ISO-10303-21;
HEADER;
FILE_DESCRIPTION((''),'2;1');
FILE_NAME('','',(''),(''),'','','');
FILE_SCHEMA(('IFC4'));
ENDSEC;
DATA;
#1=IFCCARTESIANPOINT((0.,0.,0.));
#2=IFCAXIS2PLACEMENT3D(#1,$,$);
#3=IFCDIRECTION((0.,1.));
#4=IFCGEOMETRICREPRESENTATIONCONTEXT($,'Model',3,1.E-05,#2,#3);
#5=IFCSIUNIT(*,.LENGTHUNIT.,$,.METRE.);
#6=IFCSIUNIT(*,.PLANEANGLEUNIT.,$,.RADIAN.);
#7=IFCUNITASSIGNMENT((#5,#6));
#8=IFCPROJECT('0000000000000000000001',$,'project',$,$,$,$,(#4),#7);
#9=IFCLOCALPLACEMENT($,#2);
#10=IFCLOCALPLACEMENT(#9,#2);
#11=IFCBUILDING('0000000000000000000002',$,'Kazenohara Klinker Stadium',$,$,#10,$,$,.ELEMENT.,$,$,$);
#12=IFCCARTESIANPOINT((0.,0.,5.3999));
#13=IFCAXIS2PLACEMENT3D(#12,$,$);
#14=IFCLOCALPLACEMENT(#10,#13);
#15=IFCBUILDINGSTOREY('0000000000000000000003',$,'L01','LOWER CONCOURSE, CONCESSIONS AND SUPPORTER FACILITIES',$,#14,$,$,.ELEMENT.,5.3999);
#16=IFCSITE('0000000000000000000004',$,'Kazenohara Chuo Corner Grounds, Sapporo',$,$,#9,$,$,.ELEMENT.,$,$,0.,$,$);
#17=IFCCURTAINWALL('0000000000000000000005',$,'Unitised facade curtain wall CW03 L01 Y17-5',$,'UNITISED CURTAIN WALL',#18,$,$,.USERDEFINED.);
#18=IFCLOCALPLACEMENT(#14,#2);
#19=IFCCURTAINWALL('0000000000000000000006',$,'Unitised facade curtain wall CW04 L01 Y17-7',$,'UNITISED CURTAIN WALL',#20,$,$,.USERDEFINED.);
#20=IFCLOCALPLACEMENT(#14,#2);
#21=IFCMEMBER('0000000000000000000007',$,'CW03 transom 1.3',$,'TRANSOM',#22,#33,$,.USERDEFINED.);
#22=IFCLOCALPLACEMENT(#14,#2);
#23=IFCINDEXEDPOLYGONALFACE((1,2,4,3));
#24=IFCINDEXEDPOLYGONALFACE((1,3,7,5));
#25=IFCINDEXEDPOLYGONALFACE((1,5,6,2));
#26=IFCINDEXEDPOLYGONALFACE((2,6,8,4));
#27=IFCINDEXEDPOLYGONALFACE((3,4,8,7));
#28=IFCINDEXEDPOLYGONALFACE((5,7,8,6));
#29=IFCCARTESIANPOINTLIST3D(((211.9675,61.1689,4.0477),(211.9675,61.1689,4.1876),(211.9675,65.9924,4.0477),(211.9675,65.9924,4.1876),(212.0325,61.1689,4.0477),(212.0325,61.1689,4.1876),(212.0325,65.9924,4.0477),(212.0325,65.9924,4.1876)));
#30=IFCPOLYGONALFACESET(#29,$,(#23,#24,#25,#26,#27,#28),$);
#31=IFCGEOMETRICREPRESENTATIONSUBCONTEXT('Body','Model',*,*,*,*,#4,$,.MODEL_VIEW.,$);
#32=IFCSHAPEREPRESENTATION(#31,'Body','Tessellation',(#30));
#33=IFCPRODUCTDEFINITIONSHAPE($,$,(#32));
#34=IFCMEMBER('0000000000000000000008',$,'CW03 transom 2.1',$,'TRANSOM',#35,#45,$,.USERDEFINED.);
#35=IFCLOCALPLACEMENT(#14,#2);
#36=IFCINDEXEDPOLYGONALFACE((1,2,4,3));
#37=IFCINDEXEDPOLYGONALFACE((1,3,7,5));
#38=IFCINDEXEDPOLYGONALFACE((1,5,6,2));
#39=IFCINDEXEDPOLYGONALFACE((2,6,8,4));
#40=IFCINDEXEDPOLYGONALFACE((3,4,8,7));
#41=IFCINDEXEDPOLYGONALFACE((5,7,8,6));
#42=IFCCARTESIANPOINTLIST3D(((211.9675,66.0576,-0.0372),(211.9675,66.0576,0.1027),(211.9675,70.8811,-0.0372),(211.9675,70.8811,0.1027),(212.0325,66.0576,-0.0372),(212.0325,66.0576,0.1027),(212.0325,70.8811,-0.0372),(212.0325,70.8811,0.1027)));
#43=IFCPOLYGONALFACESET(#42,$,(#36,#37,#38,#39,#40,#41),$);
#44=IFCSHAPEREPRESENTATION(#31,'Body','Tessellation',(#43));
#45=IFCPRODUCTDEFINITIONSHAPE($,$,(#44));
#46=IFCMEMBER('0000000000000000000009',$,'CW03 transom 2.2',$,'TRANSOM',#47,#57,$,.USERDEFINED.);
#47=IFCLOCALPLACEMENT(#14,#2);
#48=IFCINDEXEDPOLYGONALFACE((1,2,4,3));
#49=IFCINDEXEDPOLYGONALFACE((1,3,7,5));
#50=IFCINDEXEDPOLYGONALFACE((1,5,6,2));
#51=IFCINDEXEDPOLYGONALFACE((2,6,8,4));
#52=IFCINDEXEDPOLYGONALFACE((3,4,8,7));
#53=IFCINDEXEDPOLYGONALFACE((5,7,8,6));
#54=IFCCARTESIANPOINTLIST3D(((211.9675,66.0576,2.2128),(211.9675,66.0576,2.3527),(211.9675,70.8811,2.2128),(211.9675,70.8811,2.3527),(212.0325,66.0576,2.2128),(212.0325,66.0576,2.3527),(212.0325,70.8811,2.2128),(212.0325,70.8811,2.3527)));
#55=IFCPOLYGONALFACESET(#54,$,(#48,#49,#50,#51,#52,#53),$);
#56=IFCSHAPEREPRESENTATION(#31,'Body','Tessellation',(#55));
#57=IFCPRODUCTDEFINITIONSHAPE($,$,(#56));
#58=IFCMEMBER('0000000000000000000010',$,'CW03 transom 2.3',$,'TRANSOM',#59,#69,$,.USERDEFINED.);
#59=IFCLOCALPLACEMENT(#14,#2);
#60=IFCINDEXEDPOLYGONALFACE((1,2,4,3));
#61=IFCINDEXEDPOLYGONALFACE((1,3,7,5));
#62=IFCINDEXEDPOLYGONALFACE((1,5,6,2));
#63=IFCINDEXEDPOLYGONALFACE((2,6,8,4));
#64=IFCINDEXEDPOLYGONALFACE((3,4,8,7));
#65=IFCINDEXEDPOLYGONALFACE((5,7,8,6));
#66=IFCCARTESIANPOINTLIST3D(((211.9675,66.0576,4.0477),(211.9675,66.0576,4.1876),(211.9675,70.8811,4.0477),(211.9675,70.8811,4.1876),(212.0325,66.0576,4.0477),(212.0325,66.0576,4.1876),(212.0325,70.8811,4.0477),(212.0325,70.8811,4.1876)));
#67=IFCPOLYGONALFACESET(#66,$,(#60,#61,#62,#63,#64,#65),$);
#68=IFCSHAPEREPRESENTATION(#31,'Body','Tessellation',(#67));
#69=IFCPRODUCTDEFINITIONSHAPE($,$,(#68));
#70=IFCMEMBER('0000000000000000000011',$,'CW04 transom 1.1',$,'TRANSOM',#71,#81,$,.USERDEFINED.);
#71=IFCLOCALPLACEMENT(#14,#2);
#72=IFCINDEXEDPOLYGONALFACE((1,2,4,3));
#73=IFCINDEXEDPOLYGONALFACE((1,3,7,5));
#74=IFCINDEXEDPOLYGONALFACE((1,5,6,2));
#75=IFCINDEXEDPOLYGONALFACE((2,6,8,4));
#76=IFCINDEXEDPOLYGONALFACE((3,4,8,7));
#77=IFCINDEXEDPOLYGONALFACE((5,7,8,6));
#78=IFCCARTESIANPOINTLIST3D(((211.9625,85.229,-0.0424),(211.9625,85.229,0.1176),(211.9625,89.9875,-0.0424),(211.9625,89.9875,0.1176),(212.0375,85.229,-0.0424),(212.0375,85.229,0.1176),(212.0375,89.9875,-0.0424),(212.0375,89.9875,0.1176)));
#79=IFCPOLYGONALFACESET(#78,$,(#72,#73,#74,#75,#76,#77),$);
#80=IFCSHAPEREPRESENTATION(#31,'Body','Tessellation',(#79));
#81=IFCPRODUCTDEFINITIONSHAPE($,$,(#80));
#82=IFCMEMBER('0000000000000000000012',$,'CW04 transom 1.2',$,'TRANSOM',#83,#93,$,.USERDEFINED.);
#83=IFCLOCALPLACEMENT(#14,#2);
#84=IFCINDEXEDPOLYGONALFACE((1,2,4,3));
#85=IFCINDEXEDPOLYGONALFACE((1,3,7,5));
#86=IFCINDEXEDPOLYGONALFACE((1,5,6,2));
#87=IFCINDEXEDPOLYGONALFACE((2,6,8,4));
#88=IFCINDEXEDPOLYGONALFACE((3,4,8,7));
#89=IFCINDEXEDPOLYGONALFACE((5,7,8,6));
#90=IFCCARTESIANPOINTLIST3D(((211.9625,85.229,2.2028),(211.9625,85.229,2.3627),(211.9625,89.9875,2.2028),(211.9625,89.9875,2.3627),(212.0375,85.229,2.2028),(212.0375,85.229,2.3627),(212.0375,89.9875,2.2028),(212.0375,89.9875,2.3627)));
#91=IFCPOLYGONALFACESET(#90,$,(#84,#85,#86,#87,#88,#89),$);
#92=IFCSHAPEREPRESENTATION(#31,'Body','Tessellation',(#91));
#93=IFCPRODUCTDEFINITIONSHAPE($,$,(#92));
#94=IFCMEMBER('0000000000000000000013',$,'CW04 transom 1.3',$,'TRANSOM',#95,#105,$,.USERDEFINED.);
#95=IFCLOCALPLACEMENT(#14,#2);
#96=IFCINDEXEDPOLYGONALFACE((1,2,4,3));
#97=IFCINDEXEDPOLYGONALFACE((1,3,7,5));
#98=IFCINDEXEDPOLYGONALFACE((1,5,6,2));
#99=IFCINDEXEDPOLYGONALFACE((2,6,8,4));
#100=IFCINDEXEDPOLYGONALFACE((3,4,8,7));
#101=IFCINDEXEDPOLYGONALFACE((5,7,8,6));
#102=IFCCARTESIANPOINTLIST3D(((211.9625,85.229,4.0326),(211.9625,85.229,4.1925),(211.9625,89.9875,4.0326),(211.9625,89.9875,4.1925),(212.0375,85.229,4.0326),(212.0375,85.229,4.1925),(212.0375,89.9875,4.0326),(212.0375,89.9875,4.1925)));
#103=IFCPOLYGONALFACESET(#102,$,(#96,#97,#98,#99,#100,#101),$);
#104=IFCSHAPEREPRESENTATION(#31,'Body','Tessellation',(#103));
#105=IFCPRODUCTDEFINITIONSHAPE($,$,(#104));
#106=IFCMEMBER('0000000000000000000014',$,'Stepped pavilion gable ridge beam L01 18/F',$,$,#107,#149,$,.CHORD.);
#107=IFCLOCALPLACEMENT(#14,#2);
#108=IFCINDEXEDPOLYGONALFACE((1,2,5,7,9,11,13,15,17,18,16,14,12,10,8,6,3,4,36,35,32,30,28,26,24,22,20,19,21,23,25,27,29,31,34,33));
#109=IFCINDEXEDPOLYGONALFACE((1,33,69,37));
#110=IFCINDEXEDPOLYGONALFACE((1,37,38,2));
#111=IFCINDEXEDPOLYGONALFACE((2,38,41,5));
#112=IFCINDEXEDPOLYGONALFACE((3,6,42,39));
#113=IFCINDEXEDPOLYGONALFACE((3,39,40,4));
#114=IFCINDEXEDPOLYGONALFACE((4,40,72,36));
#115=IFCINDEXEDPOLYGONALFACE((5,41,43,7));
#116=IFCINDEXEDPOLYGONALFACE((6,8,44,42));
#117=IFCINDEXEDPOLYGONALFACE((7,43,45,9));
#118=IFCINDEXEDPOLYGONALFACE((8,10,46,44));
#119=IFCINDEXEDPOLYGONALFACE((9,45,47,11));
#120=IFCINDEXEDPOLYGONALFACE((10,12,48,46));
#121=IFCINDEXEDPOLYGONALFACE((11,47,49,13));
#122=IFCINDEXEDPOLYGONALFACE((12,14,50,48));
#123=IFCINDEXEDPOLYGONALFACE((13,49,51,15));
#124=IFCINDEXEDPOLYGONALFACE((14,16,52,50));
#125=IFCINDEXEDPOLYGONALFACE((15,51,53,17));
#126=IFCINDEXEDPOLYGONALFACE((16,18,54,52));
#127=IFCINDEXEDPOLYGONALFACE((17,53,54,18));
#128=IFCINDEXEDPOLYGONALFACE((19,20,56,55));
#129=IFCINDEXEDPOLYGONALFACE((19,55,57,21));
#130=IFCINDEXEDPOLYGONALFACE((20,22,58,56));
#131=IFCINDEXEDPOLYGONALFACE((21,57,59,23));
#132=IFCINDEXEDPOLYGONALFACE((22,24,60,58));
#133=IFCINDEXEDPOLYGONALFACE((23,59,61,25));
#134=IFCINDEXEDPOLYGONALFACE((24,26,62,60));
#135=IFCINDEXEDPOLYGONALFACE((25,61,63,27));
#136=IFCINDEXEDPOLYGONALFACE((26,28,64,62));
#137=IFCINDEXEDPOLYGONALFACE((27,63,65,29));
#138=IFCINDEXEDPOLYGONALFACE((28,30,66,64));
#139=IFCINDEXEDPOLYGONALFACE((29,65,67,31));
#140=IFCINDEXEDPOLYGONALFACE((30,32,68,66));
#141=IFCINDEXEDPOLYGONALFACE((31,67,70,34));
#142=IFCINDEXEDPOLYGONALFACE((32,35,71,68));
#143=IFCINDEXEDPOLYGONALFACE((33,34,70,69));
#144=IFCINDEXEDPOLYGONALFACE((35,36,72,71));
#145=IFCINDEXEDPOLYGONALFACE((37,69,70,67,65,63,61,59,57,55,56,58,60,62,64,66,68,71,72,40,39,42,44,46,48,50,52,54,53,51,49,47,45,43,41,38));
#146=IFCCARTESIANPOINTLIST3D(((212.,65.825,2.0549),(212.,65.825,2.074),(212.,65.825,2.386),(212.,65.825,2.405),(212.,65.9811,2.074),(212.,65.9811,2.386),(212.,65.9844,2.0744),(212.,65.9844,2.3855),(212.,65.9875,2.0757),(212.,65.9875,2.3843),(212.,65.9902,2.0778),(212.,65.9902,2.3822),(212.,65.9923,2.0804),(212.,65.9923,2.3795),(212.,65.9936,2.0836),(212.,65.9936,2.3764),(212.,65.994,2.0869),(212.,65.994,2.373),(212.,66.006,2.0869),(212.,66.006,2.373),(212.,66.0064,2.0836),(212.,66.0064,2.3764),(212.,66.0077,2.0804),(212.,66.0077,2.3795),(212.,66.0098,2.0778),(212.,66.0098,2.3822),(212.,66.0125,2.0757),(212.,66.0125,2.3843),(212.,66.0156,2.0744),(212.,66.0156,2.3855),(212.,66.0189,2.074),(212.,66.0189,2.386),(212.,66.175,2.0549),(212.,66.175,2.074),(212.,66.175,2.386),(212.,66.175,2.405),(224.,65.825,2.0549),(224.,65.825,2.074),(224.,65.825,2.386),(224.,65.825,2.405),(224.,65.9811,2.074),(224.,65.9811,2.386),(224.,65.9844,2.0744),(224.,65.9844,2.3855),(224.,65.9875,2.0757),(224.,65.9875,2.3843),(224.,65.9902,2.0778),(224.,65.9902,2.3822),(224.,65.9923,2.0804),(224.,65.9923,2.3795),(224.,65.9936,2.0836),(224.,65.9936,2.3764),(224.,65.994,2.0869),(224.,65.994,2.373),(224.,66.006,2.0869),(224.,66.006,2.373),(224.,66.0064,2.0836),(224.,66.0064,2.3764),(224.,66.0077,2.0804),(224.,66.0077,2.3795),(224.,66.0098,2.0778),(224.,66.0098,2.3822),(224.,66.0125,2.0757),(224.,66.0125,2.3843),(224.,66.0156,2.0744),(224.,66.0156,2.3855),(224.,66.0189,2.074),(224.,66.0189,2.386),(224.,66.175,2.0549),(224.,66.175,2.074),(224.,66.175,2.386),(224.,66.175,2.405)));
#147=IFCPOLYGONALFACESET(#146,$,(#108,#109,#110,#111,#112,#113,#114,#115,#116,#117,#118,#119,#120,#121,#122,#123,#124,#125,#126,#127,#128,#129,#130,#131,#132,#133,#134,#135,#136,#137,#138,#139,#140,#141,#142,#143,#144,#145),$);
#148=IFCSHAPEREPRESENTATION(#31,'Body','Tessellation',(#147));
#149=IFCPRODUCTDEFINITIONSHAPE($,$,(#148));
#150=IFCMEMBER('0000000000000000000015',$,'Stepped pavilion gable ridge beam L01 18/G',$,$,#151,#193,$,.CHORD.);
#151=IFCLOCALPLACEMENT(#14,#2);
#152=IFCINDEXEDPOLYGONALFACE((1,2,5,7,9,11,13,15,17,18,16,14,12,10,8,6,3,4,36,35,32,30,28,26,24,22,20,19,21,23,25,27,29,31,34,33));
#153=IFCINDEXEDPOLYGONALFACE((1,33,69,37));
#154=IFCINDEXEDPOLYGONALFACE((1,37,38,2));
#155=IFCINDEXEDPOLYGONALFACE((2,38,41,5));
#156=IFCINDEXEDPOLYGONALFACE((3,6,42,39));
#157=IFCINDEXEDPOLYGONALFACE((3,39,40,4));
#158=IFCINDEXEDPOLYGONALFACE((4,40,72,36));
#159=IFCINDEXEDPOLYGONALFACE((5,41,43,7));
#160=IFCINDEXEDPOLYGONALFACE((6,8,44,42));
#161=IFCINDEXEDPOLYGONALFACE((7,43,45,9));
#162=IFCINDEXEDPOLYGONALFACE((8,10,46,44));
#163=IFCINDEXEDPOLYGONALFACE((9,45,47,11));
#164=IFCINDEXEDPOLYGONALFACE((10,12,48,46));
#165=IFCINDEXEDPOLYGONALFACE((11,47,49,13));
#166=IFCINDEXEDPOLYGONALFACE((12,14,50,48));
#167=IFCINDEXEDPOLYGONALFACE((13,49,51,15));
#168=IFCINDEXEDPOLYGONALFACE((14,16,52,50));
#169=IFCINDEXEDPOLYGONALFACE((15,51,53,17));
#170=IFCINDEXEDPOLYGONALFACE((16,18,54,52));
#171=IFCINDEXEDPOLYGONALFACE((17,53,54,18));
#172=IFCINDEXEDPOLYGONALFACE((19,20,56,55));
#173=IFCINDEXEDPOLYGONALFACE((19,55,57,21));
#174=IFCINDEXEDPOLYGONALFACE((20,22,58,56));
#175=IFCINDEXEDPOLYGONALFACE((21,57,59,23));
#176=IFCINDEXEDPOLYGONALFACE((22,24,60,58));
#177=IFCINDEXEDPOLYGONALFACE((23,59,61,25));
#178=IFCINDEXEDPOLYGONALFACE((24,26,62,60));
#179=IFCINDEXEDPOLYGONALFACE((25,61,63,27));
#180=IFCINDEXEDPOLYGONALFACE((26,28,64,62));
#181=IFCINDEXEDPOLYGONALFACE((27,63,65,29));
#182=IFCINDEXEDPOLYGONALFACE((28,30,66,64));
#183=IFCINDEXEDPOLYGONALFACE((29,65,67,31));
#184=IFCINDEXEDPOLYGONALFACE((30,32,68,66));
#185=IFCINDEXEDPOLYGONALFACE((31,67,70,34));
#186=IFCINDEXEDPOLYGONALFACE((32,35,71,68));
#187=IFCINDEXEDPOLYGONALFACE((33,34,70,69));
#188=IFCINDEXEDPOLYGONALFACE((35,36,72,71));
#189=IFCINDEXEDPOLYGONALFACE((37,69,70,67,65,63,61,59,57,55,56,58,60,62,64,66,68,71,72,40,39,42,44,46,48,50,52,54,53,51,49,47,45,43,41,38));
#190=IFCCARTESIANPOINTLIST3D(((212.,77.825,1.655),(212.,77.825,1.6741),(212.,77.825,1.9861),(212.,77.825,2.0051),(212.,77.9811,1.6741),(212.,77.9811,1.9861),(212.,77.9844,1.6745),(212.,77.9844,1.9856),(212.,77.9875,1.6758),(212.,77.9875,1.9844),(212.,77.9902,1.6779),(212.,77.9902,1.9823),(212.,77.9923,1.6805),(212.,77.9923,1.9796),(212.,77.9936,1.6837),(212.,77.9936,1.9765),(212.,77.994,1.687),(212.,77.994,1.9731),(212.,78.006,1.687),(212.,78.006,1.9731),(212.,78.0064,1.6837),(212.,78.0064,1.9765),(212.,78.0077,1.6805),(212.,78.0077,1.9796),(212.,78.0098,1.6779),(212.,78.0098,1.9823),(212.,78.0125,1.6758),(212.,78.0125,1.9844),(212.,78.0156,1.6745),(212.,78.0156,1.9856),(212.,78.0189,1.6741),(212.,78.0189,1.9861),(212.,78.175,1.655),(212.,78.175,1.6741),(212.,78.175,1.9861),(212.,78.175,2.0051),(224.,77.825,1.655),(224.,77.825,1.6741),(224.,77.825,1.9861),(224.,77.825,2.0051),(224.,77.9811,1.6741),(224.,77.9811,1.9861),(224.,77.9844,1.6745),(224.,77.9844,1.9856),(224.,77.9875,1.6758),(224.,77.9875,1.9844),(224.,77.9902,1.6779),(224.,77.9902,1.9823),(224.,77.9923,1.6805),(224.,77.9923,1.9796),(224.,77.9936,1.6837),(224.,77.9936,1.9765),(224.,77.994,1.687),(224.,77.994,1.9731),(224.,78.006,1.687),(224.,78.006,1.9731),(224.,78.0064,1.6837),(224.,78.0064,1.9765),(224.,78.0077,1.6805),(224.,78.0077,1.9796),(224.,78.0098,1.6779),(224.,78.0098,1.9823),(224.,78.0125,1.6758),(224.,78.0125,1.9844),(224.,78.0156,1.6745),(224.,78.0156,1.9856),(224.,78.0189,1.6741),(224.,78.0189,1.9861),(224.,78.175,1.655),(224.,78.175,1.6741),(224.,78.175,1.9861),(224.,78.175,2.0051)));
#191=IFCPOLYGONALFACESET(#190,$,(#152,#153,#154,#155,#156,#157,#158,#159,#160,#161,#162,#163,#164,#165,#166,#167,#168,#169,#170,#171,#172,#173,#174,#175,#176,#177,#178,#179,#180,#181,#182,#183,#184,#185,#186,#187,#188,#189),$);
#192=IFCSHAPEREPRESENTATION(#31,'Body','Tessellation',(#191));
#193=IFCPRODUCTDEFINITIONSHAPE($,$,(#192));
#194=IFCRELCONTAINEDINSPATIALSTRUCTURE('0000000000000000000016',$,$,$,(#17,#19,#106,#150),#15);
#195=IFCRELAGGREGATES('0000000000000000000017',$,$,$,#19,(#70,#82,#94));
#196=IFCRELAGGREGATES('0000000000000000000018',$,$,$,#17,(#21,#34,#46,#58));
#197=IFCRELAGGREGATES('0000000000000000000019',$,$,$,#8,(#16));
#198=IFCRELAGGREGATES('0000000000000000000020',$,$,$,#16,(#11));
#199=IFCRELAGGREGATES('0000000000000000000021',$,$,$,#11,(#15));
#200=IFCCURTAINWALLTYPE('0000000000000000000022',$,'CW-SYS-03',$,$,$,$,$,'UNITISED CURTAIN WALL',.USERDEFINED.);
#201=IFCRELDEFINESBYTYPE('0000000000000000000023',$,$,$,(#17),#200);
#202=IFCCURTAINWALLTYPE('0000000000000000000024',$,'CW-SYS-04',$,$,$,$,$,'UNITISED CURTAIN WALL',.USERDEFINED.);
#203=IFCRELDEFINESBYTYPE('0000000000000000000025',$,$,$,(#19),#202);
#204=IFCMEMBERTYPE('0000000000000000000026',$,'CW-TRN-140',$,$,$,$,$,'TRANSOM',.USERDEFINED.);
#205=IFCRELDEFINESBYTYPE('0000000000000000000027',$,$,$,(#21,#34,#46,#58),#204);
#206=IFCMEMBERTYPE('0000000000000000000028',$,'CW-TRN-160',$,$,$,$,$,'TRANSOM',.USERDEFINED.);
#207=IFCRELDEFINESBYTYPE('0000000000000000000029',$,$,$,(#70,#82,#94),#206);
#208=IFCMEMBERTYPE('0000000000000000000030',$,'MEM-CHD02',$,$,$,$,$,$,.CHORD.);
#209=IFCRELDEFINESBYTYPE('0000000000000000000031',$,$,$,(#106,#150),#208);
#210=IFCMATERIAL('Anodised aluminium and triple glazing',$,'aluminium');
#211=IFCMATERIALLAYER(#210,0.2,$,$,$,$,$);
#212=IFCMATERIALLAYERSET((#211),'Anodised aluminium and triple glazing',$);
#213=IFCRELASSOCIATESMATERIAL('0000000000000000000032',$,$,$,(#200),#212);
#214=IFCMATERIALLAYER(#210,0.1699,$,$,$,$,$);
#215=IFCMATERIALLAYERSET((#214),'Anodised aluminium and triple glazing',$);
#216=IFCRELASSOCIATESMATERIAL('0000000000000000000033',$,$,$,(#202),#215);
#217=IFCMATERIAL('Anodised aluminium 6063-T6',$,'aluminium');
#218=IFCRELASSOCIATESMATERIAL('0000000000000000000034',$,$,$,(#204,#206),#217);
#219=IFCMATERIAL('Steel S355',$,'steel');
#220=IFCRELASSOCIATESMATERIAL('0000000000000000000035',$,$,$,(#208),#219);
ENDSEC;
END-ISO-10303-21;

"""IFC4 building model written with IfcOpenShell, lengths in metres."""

from ifc_helpers import new_model, si_unit, direction, frame, origin, origin_2d, place, context, subcontext, project, spatial, rectangle, i_section, extrude, material, layer, layer_set, material_profile, profile_set, type_object, element, aggregate, save


model = new_model("IFC4")

# Units and contexts
model_context = context("Model", 3, precision=1e-05, world=origin(), true_north=direction((0.0, 1.0)))
body_context = subcontext(model_context, "Body", "Model", "MODEL_VIEW")
ifc_project = project(units=[si_unit("LENGTHUNIT", "METRE"), si_unit("PLANEANGLEUNIT", "RADIAN")], contexts=[model_context])

# Site, building, storey
site_placement = place(None, origin())
site = spatial("IfcSite", under=ifc_project, at=site_placement, Name="Kazenohara Chuo Corner Grounds, Sapporo", CompositionType="ELEMENT", RefElevation=0.0)
building_placement = place(site_placement, origin())
building = spatial("IfcBuilding", under=site, at=building_placement, Name="Kazenohara Klinker Stadium", CompositionType="ELEMENT")
storey_placement = place(building_placement, frame((0.0, 0.0, 5.3999)))
storey = spatial("IfcBuildingStorey", under=building, at=storey_placement, Name="L01", Description="LOWER CONCOURSE, CONCESSIONS AND SUPPORTER FACILITIES", CompositionType="ELEMENT", Elevation=5.3999)

# Shared definitions
ifc_material_1 = material(Name="Steel S355", Category="steel")

# Curtain wall
ifc_material_2 = material(Name="Anodised aluminium and triple glazing", Category="aluminium")
ifc_layer_1 = layer(ifc_material_2, 0.2)
ifc_layer_set_1 = layer_set([ifc_layer_1], Name="Anodised aluminium and triple glazing")
curtain_wall_type_1 = type_object("IfcCurtainWallType", Name="CW-SYS-03", ElementType="UNITISED CURTAIN WALL", PredefinedType="USERDEFINED", material=ifc_layer_set_1)
curtain_wall_1_placement = place(storey_placement, origin())
curtain_wall_1 = element("IfcCurtainWall", 1, at=curtain_wall_1_placement, inside=storey, type_object=curtain_wall_type_1, Name="Unitised facade curtain wall CW03 L01 Y17-5", ObjectType="UNITISED CURTAIN WALL", PredefinedType="USERDEFINED")
ifc_material_3 = material(Name="Anodised aluminium 6063-T6", Category="aluminium")

# Curtain wall
ifc_layer_2 = layer(ifc_material_2, 0.1699)
ifc_layer_set_2 = layer_set([ifc_layer_2], Name="Anodised aluminium and triple glazing")
curtain_wall_type_2 = type_object("IfcCurtainWallType", Name="CW-SYS-04", ElementType="UNITISED CURTAIN WALL", PredefinedType="USERDEFINED", material=ifc_layer_set_2)
curtain_wall_2_placement = place(storey_placement, origin())
curtain_wall_2 = element("IfcCurtainWall", 2, at=curtain_wall_2_placement, inside=storey, type_object=curtain_wall_type_2, Name="Unitised facade curtain wall CW04 L01 Y17-7", ObjectType="UNITISED CURTAIN WALL", PredefinedType="USERDEFINED")

# Members
ifc_material_profile_1 = material_profile(ifc_material_3, rectangle(XDim=0.0649, YDim=0.1399, at=origin_2d()), Name="ALU-TRN-65x140")
ifc_profile_set_1 = profile_set([ifc_material_profile_1], Name="Anodised aluminium 6063-T6")
member_type_1 = type_object("IfcMemberType", Name="CW-TRN-140", ElementType="TRANSOM", PredefinedType="USERDEFINED", material=ifc_profile_set_1)
member_1_placement = place(storey_placement, frame((212.0, 61.1689, 4.1177), z_axis=(0.0, 1.0, 0.0), x_axis=(-1.0, 0.0, 0.0)))
member_1 = element("IfcMember", 3, at=member_1_placement, type_object=member_type_1, Name="CW03 transom 1.3", ObjectType="TRANSOM", PredefinedType="USERDEFINED", context=body_context, shape_type="SweptSolid", body=[
    extrude(rectangle(XDim=0.0649, YDim=0.1399, at=origin_2d()), origin(), (0.0, 0.0, 1.0), 4.8235),
])
member_2_placement = place(storey_placement, frame((212.0, 66.0576, 0.0327), z_axis=(0.0, 1.0, 0.0), x_axis=(-1.0, 0.0, 0.0)))
member_2 = element("IfcMember", 4, at=member_2_placement, type_object=member_type_1, Name="CW03 transom 2.1", ObjectType="TRANSOM", PredefinedType="USERDEFINED", context=body_context, shape_type="SweptSolid", body=[
    extrude(rectangle(XDim=0.0649, YDim=0.1399, at=origin_2d()), origin(), (0.0, 0.0, 1.0), 4.8235),
])
member_3_placement = place(storey_placement, frame((212.0, 66.0576, 2.2827), z_axis=(0.0, 1.0, 0.0), x_axis=(-1.0, 0.0, 0.0)))
member_3 = element("IfcMember", 5, at=member_3_placement, type_object=member_type_1, Name="CW03 transom 2.2", ObjectType="TRANSOM", PredefinedType="USERDEFINED", context=body_context, shape_type="SweptSolid", body=[
    extrude(rectangle(XDim=0.0649, YDim=0.1399, at=origin_2d()), origin(), (0.0, 0.0, 1.0), 4.8235),
])
member_4_placement = place(storey_placement, frame((212.0, 66.0576, 4.1177), z_axis=(0.0, 1.0, 0.0), x_axis=(-1.0, 0.0, 0.0)))
member_4 = element("IfcMember", 6, at=member_4_placement, type_object=member_type_1, Name="CW03 transom 2.3", ObjectType="TRANSOM", PredefinedType="USERDEFINED", context=body_context, shape_type="SweptSolid", body=[
    extrude(rectangle(XDim=0.0649, YDim=0.1399, at=origin_2d()), origin(), (0.0, 0.0, 1.0), 4.8235),
])
ifc_material_profile_2 = material_profile(ifc_material_3, rectangle(XDim=0.075, YDim=0.1599, at=origin_2d()), Name="ALU-TRN-75x160")
ifc_profile_set_2 = profile_set([ifc_material_profile_2], Name="Anodised aluminium 6063-T6")
member_type_2 = type_object("IfcMemberType", Name="CW-TRN-160", ElementType="TRANSOM", PredefinedType="USERDEFINED", material=ifc_profile_set_2)
member_5_placement = place(storey_placement, frame((212.0, 85.229, 0.0376), z_axis=(0.0, 1.0, 0.0), x_axis=(-1.0, 0.0, 0.0)))
member_5 = element("IfcMember", 7, at=member_5_placement, type_object=member_type_2, Name="CW04 transom 1.1", ObjectType="TRANSOM", PredefinedType="USERDEFINED", context=body_context, shape_type="SweptSolid", body=[
    extrude(rectangle(XDim=0.075, YDim=0.1599, at=origin_2d()), origin(), (0.0, 0.0, 1.0), 4.7585),
])
member_6_placement = place(storey_placement, frame((212.0, 85.229, 2.2827), z_axis=(0.0, 1.0, 0.0), x_axis=(-1.0, 0.0, 0.0)))
member_6 = element("IfcMember", 8, at=member_6_placement, type_object=member_type_2, Name="CW04 transom 1.2", ObjectType="TRANSOM", PredefinedType="USERDEFINED", context=body_context, shape_type="SweptSolid", body=[
    extrude(rectangle(XDim=0.075, YDim=0.1599, at=origin_2d()), origin(), (0.0, 0.0, 1.0), 4.7585),
])
member_7_placement = place(storey_placement, frame((212.0, 85.229, 4.1125), z_axis=(0.0, 1.0, 0.0), x_axis=(-1.0, 0.0, 0.0)))
member_7 = element("IfcMember", 9, at=member_7_placement, type_object=member_type_2, Name="CW04 transom 1.3", ObjectType="TRANSOM", PredefinedType="USERDEFINED", context=body_context, shape_type="SweptSolid", body=[
    extrude(rectangle(XDim=0.075, YDim=0.1599, at=origin_2d()), origin(), (0.0, 0.0, 1.0), 4.7585),
])
aggregate(curtain_wall_2, [member_5, member_6, member_7])

# Members
ifc_material_profile_3 = material_profile(ifc_material_1, i_section(OverallWidth=0.3501, OverallDepth=0.3501, WebThickness=0.012, FlangeThickness=0.019, FilletRadius=0.0129, at=origin_2d()), Name="H-350x350x12x19")
ifc_profile_set_3 = profile_set([ifc_material_profile_3], Name="Steel S355")
member_type_3 = type_object("IfcMemberType", Name="MEM-CHD02", PredefinedType="CHORD", material=ifc_profile_set_3)
for number, where, z_axis, x_axis, name in (
    (10, (212.0, 66.0, 2.23), (1.0, 0.0, 0.0), (0.0, 1.0, 0.0), "Stepped pavilion gable ridge beam L01 18/F"),
    (11, (212.0, 78.0, 1.8301), (1.0, 0.0, 0.0), (0.0, 1.0, 0.0), "Stepped pavilion gable ridge beam L01 18/G"),
):
    element("IfcMember", number, at=place(storey_placement, frame(where, z_axis=z_axis, x_axis=x_axis)), inside=storey, type_object=member_type_3, Name=name, PredefinedType="CHORD", context=body_context, shape_type="SweptSolid", body=[
        extrude(i_section(OverallWidth=0.3501, OverallDepth=0.3501, WebThickness=0.012, FlangeThickness=0.019, FilletRadius=0.0129, at=origin_2d()), origin(), (0.0, 0.0, 1.0), 12.0),
    ])

aggregate(curtain_wall_1, [member_1, member_2, member_3, member_4])

save(model, "model.ifc")
